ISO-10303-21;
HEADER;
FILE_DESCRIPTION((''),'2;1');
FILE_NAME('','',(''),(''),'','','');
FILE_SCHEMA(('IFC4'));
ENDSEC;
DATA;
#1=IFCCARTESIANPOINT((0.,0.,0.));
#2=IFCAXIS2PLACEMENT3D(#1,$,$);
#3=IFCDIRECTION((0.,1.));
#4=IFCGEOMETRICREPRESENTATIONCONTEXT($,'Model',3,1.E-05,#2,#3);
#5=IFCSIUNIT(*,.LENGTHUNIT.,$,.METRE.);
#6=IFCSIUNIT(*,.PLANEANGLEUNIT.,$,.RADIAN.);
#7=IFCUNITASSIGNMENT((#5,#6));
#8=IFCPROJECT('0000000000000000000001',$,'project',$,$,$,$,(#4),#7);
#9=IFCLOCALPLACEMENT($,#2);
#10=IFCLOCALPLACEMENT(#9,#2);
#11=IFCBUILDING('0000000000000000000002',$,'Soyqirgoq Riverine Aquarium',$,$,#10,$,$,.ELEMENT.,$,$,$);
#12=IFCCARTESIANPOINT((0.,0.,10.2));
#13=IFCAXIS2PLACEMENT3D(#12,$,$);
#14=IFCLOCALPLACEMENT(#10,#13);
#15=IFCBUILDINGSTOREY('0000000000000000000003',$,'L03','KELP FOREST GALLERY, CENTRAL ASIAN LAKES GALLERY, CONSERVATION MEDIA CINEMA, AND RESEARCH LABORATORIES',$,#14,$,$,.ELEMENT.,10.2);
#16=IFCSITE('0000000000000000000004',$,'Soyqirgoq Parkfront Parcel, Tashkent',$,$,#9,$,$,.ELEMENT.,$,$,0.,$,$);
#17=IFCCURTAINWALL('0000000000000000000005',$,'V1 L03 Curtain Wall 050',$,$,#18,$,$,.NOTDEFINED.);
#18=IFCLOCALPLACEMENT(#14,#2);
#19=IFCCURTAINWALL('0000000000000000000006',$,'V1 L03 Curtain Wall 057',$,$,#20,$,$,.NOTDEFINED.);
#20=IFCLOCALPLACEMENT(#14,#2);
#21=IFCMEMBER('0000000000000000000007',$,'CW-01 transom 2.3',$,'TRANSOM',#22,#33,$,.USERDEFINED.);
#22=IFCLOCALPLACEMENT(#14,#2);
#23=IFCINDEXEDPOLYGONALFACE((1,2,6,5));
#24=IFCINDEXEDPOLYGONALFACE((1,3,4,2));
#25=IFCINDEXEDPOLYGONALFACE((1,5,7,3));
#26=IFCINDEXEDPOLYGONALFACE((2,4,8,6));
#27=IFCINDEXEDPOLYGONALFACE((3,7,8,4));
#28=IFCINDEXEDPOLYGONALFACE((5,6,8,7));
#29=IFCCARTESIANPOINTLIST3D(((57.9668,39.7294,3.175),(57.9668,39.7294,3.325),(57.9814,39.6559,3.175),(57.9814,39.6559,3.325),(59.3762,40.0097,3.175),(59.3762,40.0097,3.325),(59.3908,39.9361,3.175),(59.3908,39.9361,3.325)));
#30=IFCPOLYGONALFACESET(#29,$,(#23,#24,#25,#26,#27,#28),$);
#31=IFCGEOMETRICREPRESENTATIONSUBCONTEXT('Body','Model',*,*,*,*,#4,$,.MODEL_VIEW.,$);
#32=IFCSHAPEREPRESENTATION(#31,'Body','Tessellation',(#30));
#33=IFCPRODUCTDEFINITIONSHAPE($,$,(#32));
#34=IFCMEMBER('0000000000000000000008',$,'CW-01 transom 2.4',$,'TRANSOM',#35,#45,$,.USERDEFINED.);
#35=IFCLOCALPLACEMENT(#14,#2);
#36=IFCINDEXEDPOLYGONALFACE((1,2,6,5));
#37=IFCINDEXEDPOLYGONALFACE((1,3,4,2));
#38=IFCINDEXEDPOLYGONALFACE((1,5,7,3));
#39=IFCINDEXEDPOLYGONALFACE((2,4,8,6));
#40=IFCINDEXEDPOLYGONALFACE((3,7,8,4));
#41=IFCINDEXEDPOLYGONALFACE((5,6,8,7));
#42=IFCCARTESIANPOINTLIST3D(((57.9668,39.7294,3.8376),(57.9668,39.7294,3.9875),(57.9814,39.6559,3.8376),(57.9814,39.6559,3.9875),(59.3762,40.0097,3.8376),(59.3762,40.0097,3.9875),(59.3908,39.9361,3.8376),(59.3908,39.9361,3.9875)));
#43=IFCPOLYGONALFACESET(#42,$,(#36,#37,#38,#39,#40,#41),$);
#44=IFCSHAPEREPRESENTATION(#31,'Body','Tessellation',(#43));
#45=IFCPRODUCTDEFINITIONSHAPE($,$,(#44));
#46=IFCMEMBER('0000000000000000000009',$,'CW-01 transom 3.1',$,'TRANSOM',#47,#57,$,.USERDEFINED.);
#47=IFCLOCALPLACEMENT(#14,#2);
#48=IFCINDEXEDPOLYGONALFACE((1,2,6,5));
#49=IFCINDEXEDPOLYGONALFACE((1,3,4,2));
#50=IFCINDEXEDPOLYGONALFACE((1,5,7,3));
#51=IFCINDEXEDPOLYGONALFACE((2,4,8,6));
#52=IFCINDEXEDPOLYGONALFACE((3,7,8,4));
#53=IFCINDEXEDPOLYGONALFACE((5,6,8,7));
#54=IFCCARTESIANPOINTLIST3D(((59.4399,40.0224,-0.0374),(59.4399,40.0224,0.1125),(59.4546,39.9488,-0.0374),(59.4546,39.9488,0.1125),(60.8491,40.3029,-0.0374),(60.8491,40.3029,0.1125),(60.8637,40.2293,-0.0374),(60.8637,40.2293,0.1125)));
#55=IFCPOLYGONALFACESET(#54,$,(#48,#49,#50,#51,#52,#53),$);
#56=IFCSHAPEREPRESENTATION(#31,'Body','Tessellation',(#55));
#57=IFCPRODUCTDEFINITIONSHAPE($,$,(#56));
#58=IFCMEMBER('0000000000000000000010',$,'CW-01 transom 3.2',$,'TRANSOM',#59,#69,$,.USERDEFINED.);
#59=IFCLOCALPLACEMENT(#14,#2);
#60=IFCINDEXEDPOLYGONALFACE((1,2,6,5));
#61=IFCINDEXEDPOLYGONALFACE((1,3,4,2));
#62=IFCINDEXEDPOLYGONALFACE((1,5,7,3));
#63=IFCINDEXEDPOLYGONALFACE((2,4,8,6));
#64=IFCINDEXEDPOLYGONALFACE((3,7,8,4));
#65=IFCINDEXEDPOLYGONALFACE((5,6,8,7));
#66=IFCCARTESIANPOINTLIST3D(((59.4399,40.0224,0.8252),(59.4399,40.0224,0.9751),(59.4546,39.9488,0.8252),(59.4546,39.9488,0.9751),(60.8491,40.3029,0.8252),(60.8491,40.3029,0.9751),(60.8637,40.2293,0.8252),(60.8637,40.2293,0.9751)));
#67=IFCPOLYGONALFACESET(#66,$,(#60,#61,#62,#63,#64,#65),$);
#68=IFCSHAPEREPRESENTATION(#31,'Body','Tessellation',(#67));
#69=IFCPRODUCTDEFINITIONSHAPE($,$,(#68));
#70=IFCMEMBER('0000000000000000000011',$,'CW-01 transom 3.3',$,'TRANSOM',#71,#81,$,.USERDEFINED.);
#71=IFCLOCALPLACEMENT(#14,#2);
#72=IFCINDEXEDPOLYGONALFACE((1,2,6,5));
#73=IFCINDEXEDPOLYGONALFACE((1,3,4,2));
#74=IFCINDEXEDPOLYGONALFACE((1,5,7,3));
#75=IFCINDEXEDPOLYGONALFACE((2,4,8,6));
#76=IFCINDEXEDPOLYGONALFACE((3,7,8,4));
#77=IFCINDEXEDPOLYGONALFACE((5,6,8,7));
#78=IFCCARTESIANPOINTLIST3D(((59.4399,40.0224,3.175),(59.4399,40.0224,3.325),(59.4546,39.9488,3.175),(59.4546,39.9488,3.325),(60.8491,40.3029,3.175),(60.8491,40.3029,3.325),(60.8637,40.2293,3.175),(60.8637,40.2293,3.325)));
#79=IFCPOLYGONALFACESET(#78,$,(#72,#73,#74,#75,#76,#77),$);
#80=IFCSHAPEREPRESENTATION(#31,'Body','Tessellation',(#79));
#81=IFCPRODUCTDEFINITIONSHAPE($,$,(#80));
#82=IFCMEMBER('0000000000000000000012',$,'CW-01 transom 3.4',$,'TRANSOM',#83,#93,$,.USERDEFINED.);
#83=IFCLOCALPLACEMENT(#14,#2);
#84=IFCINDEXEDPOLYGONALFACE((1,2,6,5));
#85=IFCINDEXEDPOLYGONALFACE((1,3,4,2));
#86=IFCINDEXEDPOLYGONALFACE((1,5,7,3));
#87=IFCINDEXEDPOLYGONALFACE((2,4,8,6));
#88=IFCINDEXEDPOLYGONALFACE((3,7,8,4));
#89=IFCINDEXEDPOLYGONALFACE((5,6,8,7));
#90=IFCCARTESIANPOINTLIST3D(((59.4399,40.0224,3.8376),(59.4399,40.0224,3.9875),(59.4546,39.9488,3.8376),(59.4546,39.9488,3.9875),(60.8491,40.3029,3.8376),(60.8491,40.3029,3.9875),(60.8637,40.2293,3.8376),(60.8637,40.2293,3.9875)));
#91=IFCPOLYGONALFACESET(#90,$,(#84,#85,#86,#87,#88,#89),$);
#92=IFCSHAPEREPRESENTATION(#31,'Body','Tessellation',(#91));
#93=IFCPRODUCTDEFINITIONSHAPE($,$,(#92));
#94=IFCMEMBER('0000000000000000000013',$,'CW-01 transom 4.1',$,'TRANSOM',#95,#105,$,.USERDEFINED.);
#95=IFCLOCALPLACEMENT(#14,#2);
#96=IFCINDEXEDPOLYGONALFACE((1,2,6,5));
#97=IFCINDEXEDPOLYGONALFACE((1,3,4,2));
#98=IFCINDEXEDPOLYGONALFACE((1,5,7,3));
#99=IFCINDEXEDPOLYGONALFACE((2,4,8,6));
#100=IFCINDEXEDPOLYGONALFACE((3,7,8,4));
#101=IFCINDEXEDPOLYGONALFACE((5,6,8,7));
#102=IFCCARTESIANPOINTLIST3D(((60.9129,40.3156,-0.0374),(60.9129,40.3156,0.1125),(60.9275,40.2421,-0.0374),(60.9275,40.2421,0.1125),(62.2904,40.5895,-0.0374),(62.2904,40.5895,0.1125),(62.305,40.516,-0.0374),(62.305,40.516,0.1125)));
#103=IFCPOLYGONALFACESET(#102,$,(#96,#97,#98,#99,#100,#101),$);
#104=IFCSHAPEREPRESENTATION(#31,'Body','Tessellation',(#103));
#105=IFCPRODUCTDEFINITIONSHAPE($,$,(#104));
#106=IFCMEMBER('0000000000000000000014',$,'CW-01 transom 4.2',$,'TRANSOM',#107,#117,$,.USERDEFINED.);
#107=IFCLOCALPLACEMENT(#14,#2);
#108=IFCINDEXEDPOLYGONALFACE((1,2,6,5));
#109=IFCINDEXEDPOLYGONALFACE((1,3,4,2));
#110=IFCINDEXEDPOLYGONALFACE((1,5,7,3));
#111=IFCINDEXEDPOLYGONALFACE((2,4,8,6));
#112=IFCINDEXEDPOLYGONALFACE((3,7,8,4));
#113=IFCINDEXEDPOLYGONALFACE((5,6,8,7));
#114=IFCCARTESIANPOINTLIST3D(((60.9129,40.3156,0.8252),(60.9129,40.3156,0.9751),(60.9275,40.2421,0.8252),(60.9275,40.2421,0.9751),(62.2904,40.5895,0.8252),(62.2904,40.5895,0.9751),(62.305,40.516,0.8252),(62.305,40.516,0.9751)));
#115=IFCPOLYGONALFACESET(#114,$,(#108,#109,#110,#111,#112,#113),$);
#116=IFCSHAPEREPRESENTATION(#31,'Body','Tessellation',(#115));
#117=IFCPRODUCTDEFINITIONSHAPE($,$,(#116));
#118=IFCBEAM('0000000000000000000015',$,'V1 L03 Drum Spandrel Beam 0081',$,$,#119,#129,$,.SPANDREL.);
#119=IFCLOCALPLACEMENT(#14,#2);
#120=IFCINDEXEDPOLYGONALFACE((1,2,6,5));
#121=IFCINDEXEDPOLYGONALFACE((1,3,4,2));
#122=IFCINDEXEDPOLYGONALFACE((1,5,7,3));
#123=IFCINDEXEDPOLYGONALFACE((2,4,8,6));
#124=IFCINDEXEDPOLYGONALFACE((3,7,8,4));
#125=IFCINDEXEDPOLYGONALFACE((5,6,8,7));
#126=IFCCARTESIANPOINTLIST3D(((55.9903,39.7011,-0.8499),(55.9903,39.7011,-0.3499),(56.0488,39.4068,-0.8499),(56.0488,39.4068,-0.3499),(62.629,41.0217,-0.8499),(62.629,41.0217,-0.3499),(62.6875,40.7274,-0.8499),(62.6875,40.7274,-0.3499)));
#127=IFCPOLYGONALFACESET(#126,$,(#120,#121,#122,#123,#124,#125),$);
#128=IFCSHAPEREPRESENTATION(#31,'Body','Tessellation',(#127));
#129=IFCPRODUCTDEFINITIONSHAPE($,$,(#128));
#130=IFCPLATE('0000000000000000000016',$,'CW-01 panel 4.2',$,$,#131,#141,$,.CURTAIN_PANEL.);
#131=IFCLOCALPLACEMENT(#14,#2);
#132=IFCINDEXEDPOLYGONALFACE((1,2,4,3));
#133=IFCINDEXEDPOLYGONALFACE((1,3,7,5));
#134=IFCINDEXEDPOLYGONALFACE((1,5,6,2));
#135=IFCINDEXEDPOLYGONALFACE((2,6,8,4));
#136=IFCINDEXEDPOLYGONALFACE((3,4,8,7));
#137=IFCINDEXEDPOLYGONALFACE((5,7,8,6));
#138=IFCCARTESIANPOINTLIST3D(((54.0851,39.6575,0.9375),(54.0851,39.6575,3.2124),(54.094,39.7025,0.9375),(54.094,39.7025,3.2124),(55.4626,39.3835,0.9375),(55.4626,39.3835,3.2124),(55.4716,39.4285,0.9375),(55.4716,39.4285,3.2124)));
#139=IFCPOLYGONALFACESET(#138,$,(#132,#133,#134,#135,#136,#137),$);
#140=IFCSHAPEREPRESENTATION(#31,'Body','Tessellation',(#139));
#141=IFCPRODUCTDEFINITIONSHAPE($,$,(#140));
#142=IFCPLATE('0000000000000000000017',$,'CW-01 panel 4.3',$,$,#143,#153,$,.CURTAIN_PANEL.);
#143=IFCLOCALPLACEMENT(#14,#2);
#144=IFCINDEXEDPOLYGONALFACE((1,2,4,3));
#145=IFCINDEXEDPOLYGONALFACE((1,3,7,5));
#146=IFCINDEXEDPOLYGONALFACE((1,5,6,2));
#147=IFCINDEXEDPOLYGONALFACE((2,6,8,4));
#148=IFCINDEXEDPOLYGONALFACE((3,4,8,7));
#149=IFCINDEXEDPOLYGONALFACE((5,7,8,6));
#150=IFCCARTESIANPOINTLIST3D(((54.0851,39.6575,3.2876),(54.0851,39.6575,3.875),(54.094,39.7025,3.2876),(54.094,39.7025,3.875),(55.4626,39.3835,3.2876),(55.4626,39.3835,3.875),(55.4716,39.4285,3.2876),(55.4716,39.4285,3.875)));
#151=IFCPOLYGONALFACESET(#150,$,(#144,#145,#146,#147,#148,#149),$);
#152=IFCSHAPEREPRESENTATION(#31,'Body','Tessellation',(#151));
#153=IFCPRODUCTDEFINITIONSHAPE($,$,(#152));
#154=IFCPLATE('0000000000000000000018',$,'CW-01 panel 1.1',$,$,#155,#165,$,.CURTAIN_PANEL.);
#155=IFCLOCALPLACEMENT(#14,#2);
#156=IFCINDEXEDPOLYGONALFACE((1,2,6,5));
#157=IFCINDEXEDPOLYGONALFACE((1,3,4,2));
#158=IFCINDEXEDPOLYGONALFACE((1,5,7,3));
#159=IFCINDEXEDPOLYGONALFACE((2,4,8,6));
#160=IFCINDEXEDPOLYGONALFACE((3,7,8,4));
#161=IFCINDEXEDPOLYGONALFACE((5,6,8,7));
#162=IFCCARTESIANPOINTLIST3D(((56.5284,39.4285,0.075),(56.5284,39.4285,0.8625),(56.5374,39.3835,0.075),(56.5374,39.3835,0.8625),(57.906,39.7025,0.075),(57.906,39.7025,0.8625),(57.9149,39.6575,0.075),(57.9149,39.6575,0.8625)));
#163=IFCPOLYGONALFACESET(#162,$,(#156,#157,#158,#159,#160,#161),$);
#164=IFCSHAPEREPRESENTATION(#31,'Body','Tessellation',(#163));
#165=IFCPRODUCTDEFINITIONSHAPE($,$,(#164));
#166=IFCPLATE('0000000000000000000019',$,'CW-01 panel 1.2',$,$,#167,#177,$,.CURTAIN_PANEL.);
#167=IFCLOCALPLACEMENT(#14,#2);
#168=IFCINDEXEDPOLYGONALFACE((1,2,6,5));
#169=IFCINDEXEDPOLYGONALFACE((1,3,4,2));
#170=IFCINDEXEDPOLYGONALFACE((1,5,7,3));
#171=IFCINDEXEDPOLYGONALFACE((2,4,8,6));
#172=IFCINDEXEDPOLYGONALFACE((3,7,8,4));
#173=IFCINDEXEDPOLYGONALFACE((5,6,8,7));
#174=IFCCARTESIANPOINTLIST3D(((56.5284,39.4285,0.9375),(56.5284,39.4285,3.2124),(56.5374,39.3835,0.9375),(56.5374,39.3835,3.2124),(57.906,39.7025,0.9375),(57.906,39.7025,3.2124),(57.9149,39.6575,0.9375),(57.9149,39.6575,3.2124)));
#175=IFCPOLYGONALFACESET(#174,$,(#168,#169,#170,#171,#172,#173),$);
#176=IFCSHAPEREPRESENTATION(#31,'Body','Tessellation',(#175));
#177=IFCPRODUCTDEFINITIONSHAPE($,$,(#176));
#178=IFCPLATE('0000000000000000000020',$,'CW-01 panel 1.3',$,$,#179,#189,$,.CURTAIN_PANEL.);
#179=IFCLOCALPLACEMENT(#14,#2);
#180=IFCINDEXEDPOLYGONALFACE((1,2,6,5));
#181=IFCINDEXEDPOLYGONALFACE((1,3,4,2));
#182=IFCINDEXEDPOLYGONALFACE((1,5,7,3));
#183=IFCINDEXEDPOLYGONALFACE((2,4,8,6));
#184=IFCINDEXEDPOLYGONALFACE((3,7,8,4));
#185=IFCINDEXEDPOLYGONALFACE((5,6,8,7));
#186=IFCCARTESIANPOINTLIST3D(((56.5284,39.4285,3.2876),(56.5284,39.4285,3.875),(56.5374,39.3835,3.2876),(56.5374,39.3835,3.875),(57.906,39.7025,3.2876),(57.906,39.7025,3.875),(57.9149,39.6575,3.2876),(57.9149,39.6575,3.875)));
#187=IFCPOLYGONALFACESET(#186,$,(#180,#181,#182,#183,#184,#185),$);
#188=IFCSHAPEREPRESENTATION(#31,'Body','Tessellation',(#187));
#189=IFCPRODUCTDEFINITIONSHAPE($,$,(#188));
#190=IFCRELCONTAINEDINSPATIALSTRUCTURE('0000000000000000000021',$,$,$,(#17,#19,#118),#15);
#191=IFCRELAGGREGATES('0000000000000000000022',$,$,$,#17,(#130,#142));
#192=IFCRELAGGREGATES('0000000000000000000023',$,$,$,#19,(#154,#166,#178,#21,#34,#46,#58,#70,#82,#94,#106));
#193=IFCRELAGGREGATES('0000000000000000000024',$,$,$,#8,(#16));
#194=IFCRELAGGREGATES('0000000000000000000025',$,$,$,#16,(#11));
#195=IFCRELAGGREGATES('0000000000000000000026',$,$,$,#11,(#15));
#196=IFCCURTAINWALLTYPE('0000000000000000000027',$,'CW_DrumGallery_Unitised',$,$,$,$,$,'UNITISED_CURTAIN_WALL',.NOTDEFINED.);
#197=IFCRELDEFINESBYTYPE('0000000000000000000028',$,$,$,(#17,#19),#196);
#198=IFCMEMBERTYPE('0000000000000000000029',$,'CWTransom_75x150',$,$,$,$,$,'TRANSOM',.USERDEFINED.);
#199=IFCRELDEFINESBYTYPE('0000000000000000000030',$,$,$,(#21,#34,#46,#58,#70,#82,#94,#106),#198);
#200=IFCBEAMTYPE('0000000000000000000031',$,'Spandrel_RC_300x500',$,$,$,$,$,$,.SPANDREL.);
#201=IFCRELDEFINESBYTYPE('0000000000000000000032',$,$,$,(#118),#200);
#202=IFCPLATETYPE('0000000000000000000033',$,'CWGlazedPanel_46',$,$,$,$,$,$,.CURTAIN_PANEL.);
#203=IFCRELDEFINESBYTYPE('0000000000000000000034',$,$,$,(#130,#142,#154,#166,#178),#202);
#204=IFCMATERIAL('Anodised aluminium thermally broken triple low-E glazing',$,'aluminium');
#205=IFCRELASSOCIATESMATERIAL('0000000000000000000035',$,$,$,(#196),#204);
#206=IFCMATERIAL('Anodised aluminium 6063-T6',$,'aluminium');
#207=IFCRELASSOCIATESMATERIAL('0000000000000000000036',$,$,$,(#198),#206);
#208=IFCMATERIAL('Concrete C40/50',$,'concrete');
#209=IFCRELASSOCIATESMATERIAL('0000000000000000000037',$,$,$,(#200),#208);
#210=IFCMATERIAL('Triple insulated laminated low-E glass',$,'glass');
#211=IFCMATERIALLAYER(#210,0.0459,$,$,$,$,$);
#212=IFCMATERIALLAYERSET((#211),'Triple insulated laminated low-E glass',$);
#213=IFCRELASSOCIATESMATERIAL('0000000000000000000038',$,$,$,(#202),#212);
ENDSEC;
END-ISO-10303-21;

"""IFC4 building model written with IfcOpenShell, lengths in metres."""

from ifc_helpers import new_model, si_unit, direction, frame, origin, origin_2d, place, context, subcontext, project, spatial, rectangle, extrude, material, layer, layer_set, material_profile, profile_set, type_object, element, aggregate, save


model = new_model("IFC4")

# Units and contexts
model_context = context("Model", 3, precision=1e-05, world=origin(), true_north=direction((0.0, 1.0)))
body_context = subcontext(model_context, "Body", "Model", "MODEL_VIEW")
ifc_project = project(units=[si_unit("LENGTHUNIT", "METRE"), si_unit("PLANEANGLEUNIT", "RADIAN")], contexts=[model_context])

# Site, building, storey
site_placement = place(None, origin())
site = spatial("IfcSite", under=ifc_project, at=site_placement, Name="Soyqirgoq Parkfront Parcel, Tashkent", CompositionType="ELEMENT", RefElevation=0.0)
building_placement = place(site_placement, origin())
building = spatial("IfcBuilding", under=site, at=building_placement, Name="Soyqirgoq Riverine Aquarium", CompositionType="ELEMENT")
storey_placement = place(building_placement, frame((0.0, 0.0, 10.2)))
storey = spatial("IfcBuildingStorey", under=building, at=storey_placement, Name="L03", Description="KELP FOREST GALLERY, CENTRAL ASIAN LAKES GALLERY, CONSERVATION MEDIA CINEMA, AND RESEARCH LABORATORIES", CompositionType="ELEMENT", Elevation=10.2)

# Curtain wall
ifc_material_1 = material(Name="Anodised aluminium thermally broken triple low-E glazing", Category="aluminium")
curtain_wall_type = type_object("IfcCurtainWallType", Name="CW_DrumGallery_Unitised", ElementType="UNITISED_CURTAIN_WALL", PredefinedType="NOTDEFINED", material=ifc_material_1)
curtain_wall_1_placement = place(storey_placement, origin())
curtain_wall_1 = element("IfcCurtainWall", 1, at=curtain_wall_1_placement, inside=storey, type_object=curtain_wall_type, Name="V1 L03 Curtain Wall 050", PredefinedType="NOTDEFINED")

# Curtain wall, members
curtain_wall_2_placement = place(storey_placement, origin())
curtain_wall_2 = element("IfcCurtainWall", 2, at=curtain_wall_2_placement, inside=storey, type_object=curtain_wall_type, Name="V1 L03 Curtain Wall 057", PredefinedType="NOTDEFINED")
ifc_material_2 = material(Name="Anodised aluminium 6063-T6", Category="aluminium")
ifc_material_profile_1 = material_profile(ifc_material_2, rectangle(XDim=0.075, YDim=0.1499, at=origin_2d()), Name="ALU-T 75x150")
ifc_profile_set_1 = profile_set([ifc_material_profile_1], Name="Anodised aluminium 6063-T6")
member_type_1 = type_object("IfcMemberType", Name="CWTransom_75x150", ElementType="TRANSOM", PredefinedType="USERDEFINED", material=ifc_profile_set_1)
member_1_placement = place(storey_placement, frame((57.9741, 39.6926, 3.25), z_axis=(0.980796, 0.195038, 0.0), x_axis=(-0.195038, 0.980796, 0.0)))
member_1 = element("IfcMember", 3, at=member_1_placement, type_object=member_type_1, Name="CW-01 transom 2.3", ObjectType="TRANSOM", PredefinedType="USERDEFINED", context=body_context, shape_type="SweptSolid", body=[
    extrude(rectangle(XDim=0.075, YDim=0.1499, at=origin_2d()), origin(), (0.0, 0.0, 1.0), 1.437),
])
member_2_placement = place(storey_placement, frame((57.9741, 39.6926, 3.9126), z_axis=(0.980796, 0.195038, 0.0), x_axis=(-0.195038, 0.980796, 0.0)))
member_2 = element("IfcMember", 4, at=member_2_placement, type_object=member_type_1, Name="CW-01 transom 2.4", ObjectType="TRANSOM", PredefinedType="USERDEFINED", context=body_context, shape_type="SweptSolid", body=[
    extrude(rectangle(XDim=0.075, YDim=0.1499, at=origin_2d()), origin(), (0.0, 0.0, 1.0), 1.437),
])
member_3_placement = place(storey_placement, frame((59.4473, 39.9856, 0.0376), z_axis=(0.980757, 0.195234, 0.0), x_axis=(-0.195234, 0.980757, 0.0)))
member_3 = element("IfcMember", 5, at=member_3_placement, type_object=member_type_1, Name="CW-01 transom 3.1", ObjectType="TRANSOM", PredefinedType="USERDEFINED", context=body_context, shape_type="SweptSolid", body=[
    extrude(rectangle(XDim=0.075, YDim=0.1499, at=origin_2d()), origin(), (0.0, 0.0, 1.0), 1.4368),
])
member_4_placement = place(storey_placement, frame((59.4473, 39.9856, 0.9001), z_axis=(0.980757, 0.195234, 0.0), x_axis=(-0.195234, 0.980757, 0.0)))
member_4 = element("IfcMember", 6, at=member_4_placement, type_object=member_type_1, Name="CW-01 transom 3.2", ObjectType="TRANSOM", PredefinedType="USERDEFINED", context=body_context, shape_type="SweptSolid", body=[
    extrude(rectangle(XDim=0.075, YDim=0.1499, at=origin_2d()), origin(), (0.0, 0.0, 1.0), 1.4368),
])
member_5_placement = place(storey_placement, frame((59.4473, 39.9856, 3.25), z_axis=(0.980757, 0.195234, 0.0), x_axis=(-0.195234, 0.980757, 0.0)))
member_5 = element("IfcMember", 7, at=member_5_placement, type_object=member_type_1, Name="CW-01 transom 3.3", ObjectType="TRANSOM", PredefinedType="USERDEFINED", context=body_context, shape_type="SweptSolid", body=[
    extrude(rectangle(XDim=0.075, YDim=0.1499, at=origin_2d()), origin(), (0.0, 0.0, 1.0), 1.4368),
])
member_6_placement = place(storey_placement, frame((59.4473, 39.9856, 3.9126), z_axis=(0.980757, 0.195234, 0.0), x_axis=(-0.195234, 0.980757, 0.0)))
member_6 = element("IfcMember", 8, at=member_6_placement, type_object=member_type_1, Name="CW-01 transom 3.4", ObjectType="TRANSOM", PredefinedType="USERDEFINED", context=body_context, shape_type="SweptSolid", body=[
    extrude(rectangle(XDim=0.075, YDim=0.1499, at=origin_2d()), origin(), (0.0, 0.0, 1.0), 1.4368),
])
member_7_placement = place(storey_placement, frame((60.9202, 40.2788, 0.0376), z_axis=(0.980801, 0.195013, 0.0), x_axis=(-0.195013, 0.980801, 0.0)))
member_7 = element("IfcMember", 9, at=member_7_placement, type_object=member_type_1, Name="CW-01 transom 4.1", ObjectType="TRANSOM", PredefinedType="USERDEFINED", context=body_context, shape_type="SweptSolid", body=[
    extrude(rectangle(XDim=0.075, YDim=0.1499, at=origin_2d()), origin(), (0.0, 0.0, 1.0), 1.4045),
])
member_8_placement = place(storey_placement, frame((60.9202, 40.2788, 0.9001), z_axis=(0.980801, 0.195013, 0.0), x_axis=(-0.195013, 0.980801, 0.0)))
member_8 = element("IfcMember", 10, at=member_8_placement, type_object=member_type_1, Name="CW-01 transom 4.2", ObjectType="TRANSOM", PredefinedType="USERDEFINED", context=body_context, shape_type="SweptSolid", body=[
    extrude(rectangle(XDim=0.075, YDim=0.1499, at=origin_2d()), origin(), (0.0, 0.0, 1.0), 1.4045),
])

# Beam
ifc_material_3 = material(Name="Concrete C40/50", Category="concrete")
ifc_material_profile_2 = material_profile(ifc_material_3, rectangle(XDim=0.3, YDim=0.5, at=origin_2d()), Name="RC 300x500")
ifc_profile_set_2 = profile_set([ifc_material_profile_2], Name="Concrete C40/50")
beam_type = type_object("IfcBeamType", Name="Spandrel_RC_300x500", PredefinedType="SPANDREL", material=ifc_profile_set_2)
beam_placement = place(storey_placement, frame((56.0195, 39.554, -0.5999), z_axis=(0.980784, 0.195096, 0.0), x_axis=(-0.195096, 0.980784, 0.0)))
element("IfcBeam", 11, at=beam_placement, inside=storey, type_object=beam_type, Name="V1 L03 Drum Spandrel Beam 0081", PredefinedType="SPANDREL", context=body_context, shape_type="SweptSolid", body=[
    extrude(rectangle(XDim=0.3, YDim=0.5, at=origin_2d()), origin(), (0.0, 0.0, 1.0), 6.7688),
])

# Plates
ifc_material_4 = material(Name="Triple insulated laminated low-E glass", Category="glass")
ifc_layer_1 = layer(ifc_material_4, 0.0459)
ifc_layer_set_1 = layer_set([ifc_layer_1], Name="Triple insulated laminated low-E glass")
plate_type = type_object("IfcPlateType", Name="CWGlazedPanel_46", PredefinedType="CURTAIN_PANEL", material=ifc_layer_set_1)
plate_1_placement = place(storey_placement, frame((54.7783, 39.543, 0.9375), z_axis=(0.0, 0.0, 1.0), x_axis=(0.980784, -0.195095, 0.0)))
plate_1 = element("IfcPlate", 12, at=plate_1_placement, type_object=plate_type, Name="CW-01 panel 4.2", PredefinedType="CURTAIN_PANEL", context=body_context, shape_type="SweptSolid", body=[
    extrude(rectangle(XDim=1.4045, YDim=0.0459, at=origin_2d()), origin(), (0.0, 0.0, 1.0), 2.2749),
])
plate_2_placement = place(storey_placement, frame((54.7783, 39.543, 3.2876), z_axis=(0.0, 0.0, 1.0), x_axis=(0.980784, -0.195095, 0.0)))
plate_2 = element("IfcPlate", 13, at=plate_2_placement, type_object=plate_type, Name="CW-01 panel 4.3", PredefinedType="CURTAIN_PANEL", context=body_context, shape_type="SweptSolid", body=[
    extrude(rectangle(XDim=1.4045, YDim=0.0459, at=origin_2d()), origin(), (0.0, 0.0, 1.0), 0.5874),
])
aggregate(curtain_wall_1, [plate_1, plate_2])
plate_3_placement = place(storey_placement, frame((57.2217, 39.543, 0.075), z_axis=(0.0, 0.0, 1.0), x_axis=(0.980784, 0.195095, 0.0)))
plate_3 = element("IfcPlate", 14, at=plate_3_placement, type_object=plate_type, Name="CW-01 panel 1.1", PredefinedType="CURTAIN_PANEL", context=body_context, shape_type="SweptSolid", body=[
    extrude(rectangle(XDim=1.4045, YDim=0.0459, at=origin_2d()), origin(), (0.0, 0.0, 1.0), 0.7876),
])
plate_4_placement = place(storey_placement, frame((57.2217, 39.543, 0.9375), z_axis=(0.0, 0.0, 1.0), x_axis=(0.980784, 0.195095, 0.0)))
plate_4 = element("IfcPlate", 15, at=plate_4_placement, type_object=plate_type, Name="CW-01 panel 1.2", PredefinedType="CURTAIN_PANEL", context=body_context, shape_type="SweptSolid", body=[
    extrude(rectangle(XDim=1.4045, YDim=0.0459, at=origin_2d()), origin(), (0.0, 0.0, 1.0), 2.2749),
])
plate_5_placement = place(storey_placement, frame((57.2217, 39.543, 3.2876), z_axis=(0.0, 0.0, 1.0), x_axis=(0.980784, 0.195095, 0.0)))
plate_5 = element("IfcPlate", 16, at=plate_5_placement, type_object=plate_type, Name="CW-01 panel 1.3", PredefinedType="CURTAIN_PANEL", context=body_context, shape_type="SweptSolid", body=[
    extrude(rectangle(XDim=1.4045, YDim=0.0459, at=origin_2d()), origin(), (0.0, 0.0, 1.0), 0.5874),
])
aggregate(curtain_wall_2, [plate_3, plate_4, plate_5, member_1, member_2, member_3, member_4, member_5, member_6, member_7, member_8])

save(model, "model.ifc")
